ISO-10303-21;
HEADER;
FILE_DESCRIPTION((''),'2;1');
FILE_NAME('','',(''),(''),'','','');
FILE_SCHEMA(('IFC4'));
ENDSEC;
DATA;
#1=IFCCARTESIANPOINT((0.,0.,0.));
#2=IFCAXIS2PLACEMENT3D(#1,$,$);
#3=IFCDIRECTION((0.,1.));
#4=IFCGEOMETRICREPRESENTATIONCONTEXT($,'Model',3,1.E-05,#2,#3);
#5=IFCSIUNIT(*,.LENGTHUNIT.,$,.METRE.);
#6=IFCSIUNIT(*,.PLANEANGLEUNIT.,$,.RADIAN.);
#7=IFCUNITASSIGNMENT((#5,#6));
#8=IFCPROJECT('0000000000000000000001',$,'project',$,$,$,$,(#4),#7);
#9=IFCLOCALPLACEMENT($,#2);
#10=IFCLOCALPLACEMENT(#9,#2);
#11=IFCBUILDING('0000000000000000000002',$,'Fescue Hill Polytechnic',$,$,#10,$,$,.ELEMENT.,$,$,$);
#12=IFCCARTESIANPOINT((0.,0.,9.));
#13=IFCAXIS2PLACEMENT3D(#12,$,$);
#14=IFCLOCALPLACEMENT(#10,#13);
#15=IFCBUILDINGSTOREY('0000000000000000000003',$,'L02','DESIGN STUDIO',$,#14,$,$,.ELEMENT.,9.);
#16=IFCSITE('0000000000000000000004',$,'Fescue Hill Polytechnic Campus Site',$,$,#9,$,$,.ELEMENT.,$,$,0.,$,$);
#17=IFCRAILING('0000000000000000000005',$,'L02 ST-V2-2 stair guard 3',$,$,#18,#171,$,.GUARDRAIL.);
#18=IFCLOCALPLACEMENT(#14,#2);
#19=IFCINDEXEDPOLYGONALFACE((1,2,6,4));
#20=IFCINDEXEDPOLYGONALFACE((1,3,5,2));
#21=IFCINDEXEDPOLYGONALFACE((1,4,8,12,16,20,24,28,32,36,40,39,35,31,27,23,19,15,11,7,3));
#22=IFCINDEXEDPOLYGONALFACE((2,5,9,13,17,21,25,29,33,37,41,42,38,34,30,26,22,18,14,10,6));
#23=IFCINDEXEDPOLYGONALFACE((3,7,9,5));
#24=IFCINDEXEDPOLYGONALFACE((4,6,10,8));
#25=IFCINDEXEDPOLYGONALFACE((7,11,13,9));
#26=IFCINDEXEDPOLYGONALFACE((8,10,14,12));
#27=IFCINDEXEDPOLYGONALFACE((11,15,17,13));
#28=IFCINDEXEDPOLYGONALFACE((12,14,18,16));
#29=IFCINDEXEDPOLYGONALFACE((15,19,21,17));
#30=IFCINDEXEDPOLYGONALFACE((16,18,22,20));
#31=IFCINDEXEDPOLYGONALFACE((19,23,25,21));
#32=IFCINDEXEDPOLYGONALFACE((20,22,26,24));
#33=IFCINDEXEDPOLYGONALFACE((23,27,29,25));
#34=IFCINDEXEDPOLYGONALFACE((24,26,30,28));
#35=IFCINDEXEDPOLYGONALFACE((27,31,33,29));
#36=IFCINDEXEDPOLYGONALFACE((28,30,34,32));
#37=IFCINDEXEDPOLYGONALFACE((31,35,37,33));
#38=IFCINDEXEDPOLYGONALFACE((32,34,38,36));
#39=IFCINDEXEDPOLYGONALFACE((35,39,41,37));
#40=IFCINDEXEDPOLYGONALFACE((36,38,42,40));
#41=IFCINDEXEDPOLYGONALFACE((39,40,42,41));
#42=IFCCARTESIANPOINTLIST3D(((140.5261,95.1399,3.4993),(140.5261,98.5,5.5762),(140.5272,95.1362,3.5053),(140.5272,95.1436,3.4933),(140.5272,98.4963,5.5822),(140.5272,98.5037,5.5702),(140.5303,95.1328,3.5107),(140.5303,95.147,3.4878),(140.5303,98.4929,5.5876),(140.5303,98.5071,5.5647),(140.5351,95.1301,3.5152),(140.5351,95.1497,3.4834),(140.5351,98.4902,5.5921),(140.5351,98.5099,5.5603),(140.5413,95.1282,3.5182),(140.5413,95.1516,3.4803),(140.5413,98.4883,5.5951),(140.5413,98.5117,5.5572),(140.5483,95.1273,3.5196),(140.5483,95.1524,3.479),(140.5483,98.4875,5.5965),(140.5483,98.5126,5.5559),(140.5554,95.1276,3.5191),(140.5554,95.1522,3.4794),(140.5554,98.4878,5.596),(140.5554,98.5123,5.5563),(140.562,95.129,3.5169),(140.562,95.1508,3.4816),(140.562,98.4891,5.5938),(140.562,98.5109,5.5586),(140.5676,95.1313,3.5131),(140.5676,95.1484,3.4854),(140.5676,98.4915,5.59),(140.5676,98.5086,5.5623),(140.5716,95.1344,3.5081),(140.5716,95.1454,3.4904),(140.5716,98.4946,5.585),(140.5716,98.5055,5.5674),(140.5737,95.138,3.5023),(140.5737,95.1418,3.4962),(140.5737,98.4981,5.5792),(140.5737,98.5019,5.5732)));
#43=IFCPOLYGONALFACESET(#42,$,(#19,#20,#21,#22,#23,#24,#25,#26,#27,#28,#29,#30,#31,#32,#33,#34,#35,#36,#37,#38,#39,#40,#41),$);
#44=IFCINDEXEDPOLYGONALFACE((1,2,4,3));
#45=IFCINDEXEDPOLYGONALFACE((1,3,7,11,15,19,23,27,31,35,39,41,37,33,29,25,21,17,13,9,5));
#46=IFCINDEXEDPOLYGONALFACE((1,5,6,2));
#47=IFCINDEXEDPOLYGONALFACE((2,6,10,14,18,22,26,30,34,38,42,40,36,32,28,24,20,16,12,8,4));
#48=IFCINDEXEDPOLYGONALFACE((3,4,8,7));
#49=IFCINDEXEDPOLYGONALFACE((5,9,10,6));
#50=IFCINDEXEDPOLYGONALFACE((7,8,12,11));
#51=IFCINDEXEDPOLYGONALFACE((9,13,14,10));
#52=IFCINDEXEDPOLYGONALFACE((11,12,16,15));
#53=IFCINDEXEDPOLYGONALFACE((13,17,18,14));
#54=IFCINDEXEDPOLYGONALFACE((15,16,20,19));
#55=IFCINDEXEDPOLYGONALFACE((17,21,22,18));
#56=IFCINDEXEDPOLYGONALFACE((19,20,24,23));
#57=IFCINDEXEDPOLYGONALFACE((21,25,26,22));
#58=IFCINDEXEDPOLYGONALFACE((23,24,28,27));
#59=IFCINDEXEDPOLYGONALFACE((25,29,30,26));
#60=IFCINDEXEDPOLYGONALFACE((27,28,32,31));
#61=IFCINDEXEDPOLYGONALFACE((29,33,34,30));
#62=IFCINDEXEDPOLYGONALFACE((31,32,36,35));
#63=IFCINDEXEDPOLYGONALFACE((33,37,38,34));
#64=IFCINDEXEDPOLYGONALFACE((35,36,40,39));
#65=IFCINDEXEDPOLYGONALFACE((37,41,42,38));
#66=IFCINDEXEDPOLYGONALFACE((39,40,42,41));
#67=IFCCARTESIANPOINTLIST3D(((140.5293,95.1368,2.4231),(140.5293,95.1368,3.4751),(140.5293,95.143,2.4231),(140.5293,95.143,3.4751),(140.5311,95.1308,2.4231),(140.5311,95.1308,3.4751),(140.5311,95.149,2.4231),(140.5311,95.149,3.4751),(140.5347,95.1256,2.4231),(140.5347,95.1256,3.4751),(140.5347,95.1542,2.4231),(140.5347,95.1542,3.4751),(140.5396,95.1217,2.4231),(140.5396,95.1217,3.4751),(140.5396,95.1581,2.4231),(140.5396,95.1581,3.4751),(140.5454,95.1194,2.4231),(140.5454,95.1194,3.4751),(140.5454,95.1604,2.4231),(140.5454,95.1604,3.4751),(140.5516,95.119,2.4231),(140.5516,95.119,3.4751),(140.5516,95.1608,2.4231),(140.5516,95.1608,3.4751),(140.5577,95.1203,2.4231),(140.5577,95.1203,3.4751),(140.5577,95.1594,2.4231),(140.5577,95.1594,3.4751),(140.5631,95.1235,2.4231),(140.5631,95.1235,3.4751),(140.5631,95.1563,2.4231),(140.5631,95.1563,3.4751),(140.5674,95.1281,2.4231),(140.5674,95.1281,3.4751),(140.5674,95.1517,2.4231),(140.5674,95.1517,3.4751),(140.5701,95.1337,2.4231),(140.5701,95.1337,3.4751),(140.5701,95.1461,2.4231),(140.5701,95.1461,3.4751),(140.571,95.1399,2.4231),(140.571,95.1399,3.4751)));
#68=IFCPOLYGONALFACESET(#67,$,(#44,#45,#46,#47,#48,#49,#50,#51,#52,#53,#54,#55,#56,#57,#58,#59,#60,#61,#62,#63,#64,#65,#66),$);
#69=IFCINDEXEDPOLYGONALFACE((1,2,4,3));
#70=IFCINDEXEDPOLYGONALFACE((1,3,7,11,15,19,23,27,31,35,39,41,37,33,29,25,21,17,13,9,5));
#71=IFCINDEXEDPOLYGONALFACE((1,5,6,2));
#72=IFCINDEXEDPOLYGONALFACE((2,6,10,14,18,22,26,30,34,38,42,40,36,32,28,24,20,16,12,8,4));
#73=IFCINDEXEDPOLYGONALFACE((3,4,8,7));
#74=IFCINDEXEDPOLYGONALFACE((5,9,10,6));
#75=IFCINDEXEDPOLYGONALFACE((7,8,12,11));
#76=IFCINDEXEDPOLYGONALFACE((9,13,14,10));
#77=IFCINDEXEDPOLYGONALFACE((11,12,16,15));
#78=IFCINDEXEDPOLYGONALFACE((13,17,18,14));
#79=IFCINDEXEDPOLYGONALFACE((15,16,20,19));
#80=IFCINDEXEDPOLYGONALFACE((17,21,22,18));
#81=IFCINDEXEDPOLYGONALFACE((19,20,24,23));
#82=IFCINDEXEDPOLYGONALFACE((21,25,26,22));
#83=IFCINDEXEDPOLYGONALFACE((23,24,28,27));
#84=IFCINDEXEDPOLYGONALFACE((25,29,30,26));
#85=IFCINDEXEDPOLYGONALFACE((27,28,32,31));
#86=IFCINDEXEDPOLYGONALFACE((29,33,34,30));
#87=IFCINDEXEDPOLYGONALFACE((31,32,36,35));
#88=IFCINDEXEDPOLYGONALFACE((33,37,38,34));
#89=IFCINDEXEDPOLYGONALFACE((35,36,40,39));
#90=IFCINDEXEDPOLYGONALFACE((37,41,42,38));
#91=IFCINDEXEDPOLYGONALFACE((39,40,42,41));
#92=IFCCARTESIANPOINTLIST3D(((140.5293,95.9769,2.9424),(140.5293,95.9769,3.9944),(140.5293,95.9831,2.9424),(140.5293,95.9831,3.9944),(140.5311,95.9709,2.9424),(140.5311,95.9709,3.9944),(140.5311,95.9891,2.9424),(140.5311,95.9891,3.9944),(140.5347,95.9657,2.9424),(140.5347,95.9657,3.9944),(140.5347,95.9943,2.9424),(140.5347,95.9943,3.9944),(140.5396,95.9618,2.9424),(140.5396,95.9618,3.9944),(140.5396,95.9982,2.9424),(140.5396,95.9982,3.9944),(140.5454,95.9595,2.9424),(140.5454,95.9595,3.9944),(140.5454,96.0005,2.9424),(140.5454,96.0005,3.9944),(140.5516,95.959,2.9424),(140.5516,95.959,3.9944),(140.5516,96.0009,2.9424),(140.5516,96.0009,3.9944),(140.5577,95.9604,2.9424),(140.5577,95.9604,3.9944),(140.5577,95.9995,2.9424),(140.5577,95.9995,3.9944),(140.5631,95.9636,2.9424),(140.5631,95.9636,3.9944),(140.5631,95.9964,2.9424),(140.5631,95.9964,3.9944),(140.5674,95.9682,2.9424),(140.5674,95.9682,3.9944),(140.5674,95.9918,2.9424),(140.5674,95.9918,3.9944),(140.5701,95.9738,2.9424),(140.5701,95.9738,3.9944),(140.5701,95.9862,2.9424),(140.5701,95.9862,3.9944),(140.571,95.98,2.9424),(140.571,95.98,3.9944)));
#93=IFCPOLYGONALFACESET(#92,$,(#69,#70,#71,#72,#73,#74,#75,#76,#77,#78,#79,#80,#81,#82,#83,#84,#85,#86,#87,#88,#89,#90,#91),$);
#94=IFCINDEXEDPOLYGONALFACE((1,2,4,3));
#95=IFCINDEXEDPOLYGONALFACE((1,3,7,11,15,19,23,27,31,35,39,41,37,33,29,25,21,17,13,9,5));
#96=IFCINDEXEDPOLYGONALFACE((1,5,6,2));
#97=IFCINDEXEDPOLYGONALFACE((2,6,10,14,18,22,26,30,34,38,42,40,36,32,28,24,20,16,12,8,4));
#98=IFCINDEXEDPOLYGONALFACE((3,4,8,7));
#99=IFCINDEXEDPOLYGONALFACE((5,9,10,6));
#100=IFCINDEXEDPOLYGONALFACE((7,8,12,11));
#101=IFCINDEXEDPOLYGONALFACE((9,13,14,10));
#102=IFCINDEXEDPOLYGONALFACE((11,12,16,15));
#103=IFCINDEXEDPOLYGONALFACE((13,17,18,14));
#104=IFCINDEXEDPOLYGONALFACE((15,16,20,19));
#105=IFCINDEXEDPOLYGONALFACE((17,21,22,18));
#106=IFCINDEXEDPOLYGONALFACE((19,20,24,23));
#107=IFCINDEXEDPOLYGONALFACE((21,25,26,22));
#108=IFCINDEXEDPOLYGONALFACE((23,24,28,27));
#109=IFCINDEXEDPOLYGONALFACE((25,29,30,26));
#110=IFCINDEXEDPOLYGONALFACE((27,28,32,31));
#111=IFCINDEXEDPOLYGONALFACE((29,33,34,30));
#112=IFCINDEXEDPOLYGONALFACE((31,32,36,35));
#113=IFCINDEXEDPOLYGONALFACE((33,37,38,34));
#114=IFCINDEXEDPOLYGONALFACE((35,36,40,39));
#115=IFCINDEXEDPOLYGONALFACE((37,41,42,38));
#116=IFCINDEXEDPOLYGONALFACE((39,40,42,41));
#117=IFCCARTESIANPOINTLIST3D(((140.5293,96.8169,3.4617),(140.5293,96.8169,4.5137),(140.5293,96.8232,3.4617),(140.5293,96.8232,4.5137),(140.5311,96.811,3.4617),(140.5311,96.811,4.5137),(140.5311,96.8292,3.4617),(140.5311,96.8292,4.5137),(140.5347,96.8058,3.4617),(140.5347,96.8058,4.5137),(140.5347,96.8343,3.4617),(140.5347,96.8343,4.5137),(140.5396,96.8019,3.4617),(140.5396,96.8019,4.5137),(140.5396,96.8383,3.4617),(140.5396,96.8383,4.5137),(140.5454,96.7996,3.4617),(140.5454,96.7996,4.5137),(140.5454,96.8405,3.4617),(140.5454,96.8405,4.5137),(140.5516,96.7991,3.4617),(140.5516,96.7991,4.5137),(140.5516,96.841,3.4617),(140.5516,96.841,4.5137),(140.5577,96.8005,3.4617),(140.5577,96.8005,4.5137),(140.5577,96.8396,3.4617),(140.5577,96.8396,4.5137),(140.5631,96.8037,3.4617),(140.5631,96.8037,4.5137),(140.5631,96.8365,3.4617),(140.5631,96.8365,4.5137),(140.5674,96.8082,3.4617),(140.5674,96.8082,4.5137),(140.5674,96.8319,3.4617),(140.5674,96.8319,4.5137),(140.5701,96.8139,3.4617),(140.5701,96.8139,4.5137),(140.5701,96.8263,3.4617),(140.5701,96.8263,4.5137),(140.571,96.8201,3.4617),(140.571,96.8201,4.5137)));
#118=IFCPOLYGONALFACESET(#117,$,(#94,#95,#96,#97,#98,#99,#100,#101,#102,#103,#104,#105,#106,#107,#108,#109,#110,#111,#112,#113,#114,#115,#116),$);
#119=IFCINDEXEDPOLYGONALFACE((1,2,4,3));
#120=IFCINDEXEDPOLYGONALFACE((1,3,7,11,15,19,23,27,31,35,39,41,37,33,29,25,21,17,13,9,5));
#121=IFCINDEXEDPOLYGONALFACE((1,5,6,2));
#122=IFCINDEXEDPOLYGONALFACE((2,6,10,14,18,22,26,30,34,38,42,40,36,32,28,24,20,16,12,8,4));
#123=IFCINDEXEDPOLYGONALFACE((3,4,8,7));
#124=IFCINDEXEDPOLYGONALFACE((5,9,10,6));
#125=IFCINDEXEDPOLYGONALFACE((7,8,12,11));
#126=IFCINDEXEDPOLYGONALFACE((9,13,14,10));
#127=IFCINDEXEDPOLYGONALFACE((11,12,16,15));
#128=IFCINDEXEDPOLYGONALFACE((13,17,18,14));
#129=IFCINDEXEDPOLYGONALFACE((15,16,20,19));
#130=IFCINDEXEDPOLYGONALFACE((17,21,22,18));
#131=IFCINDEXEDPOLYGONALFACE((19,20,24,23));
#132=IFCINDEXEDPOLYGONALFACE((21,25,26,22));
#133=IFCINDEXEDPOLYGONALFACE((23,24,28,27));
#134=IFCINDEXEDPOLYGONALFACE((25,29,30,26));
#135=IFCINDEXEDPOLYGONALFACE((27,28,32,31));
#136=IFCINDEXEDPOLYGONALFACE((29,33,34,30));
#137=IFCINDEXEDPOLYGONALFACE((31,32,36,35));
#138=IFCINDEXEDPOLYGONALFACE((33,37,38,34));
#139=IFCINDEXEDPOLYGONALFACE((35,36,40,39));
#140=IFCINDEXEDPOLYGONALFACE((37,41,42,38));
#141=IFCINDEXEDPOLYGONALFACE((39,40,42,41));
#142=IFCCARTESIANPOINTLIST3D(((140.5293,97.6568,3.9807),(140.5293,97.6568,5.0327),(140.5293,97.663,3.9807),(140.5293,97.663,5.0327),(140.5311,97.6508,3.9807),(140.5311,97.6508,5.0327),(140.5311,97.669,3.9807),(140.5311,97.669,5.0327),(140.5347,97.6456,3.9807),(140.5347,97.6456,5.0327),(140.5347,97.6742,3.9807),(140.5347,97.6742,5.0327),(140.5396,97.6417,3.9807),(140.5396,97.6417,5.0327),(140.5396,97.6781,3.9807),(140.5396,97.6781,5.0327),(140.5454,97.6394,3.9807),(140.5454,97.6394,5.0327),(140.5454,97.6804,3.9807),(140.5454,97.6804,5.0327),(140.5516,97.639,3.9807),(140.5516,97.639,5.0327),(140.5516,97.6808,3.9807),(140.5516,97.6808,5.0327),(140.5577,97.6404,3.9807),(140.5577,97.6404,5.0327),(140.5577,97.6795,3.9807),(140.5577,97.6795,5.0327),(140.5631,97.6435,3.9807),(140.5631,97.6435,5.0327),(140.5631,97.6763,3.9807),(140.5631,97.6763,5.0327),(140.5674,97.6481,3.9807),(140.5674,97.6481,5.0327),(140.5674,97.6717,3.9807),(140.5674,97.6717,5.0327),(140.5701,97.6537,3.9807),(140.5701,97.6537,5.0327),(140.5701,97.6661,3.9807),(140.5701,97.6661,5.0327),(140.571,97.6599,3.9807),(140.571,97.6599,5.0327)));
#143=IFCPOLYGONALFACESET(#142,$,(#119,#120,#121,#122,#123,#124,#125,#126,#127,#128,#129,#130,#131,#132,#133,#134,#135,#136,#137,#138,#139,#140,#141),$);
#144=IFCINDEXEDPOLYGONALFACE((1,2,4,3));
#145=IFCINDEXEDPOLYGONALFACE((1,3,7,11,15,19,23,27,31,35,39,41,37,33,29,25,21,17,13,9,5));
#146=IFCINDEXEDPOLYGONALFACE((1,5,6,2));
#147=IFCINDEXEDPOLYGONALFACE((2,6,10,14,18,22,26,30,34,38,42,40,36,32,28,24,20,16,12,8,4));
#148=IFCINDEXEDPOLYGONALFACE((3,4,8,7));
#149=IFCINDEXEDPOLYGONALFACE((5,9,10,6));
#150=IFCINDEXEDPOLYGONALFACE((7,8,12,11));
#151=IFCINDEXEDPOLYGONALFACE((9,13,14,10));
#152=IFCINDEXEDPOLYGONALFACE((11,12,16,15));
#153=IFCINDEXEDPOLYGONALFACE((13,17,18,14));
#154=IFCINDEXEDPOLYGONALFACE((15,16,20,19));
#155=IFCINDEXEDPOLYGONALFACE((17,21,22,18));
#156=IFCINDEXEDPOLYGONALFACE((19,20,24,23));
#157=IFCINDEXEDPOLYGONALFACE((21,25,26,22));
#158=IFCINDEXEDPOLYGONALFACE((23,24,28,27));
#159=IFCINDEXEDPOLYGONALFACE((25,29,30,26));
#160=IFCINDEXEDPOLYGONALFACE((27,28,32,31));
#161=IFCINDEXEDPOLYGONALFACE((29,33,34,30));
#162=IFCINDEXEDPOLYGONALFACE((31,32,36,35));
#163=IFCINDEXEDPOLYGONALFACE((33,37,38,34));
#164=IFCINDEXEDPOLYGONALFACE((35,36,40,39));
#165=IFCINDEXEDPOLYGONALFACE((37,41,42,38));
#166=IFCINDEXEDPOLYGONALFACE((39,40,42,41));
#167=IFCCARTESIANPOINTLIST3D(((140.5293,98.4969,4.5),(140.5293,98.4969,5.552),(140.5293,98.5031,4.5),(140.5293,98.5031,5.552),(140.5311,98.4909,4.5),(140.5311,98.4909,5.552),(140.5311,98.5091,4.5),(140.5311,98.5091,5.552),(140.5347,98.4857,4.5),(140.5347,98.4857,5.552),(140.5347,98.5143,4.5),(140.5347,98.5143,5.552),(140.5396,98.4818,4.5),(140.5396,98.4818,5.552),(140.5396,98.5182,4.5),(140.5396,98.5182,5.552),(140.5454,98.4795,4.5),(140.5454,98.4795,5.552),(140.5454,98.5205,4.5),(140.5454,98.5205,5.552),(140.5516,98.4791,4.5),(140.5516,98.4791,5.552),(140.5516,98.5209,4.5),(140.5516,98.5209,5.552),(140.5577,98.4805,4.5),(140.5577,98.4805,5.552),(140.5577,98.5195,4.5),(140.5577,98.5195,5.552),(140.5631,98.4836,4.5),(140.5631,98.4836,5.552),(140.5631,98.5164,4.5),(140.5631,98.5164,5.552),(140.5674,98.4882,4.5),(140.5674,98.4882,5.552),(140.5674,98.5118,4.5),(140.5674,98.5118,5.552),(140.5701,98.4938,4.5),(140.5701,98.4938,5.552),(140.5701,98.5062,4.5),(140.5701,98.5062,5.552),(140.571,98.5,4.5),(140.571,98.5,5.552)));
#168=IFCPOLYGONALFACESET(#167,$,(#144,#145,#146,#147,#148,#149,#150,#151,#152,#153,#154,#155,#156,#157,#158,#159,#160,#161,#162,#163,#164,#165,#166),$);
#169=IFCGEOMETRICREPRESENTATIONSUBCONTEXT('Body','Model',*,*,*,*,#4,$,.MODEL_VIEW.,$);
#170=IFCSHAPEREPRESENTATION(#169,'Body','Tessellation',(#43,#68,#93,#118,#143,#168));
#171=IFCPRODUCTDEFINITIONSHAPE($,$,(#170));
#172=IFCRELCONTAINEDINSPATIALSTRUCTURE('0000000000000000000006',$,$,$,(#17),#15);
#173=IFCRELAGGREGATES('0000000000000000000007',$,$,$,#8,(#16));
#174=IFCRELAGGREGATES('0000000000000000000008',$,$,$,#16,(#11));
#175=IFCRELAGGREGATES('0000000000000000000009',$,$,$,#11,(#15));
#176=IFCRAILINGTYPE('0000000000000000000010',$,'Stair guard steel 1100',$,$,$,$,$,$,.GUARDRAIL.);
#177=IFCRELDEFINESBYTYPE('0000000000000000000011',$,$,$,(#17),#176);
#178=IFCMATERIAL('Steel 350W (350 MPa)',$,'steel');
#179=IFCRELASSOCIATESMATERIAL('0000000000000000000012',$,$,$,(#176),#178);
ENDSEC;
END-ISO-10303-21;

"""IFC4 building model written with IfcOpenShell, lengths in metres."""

from ifc_helpers import new_model, si_unit, direction, frame, origin, origin_2d, place, context, subcontext, project, spatial, circle, extrude, material, type_object, element, save


model = new_model("IFC4")

# Units and contexts
model_context = context("Model", 3, precision=1e-05, world=origin(), true_north=direction((0.0, 1.0)))
body_context = subcontext(model_context, "Body", "Model", "MODEL_VIEW")
ifc_project = project(units=[si_unit("LENGTHUNIT", "METRE"), si_unit("PLANEANGLEUNIT", "RADIAN")], contexts=[model_context])

# Site, building, storey
site_placement = place(None, origin())
site = spatial("IfcSite", under=ifc_project, at=site_placement, Name="Fescue Hill Polytechnic Campus Site", CompositionType="ELEMENT", RefElevation=0.0)
building_placement = place(site_placement, origin())
building = spatial("IfcBuilding", under=site, at=building_placement, Name="Fescue Hill Polytechnic", CompositionType="ELEMENT")
storey_placement = place(building_placement, frame((0.0, 0.0, 9.0)))
storey = spatial("IfcBuildingStorey", under=building, at=storey_placement, Name="L02", Description="DESIGN STUDIO", CompositionType="ELEMENT", Elevation=9.0)

# Railing
ifc_material_1 = material(Name="Steel 350W (350 MPa)", Category="steel")
railing_type_1 = type_object("IfcRailingType", Name="Stair guard steel 1100", PredefinedType="GUARDRAIL", material=ifc_material_1)
railing_1_placement = place(storey_placement, frame((140.55, 95.1399, 2.4231)))
element("IfcRailing", 1, at=railing_1_placement, inside=storey, type_object=railing_type_1, Name="L02 ST-V2-2 stair guard 3", PredefinedType="GUARDRAIL", context=body_context, shape_type="SweptSolid", body=[
    extrude(circle(Radius=0.0239, at=origin_2d()), frame((0.0, 0.0, 1.0762), z_axis=(0.0, 0.850623, 0.525776), x_axis=(-1.0, 0.0, 0.0)), (0.0, 0.0, 1.0), 3.9502),
    extrude(circle(Radius=0.021, at=origin_2d()), origin(), (0.0, 0.0, 1.0), 1.052),
    extrude(circle(Radius=0.021, at=origin_2d()), frame((0.0, 0.8401, 0.5193)), (0.0, 0.0, 1.0), 1.052),
    extrude(circle(Radius=0.021, at=origin_2d()), frame((0.0, 1.6802, 1.0386)), (0.0, 0.0, 1.0), 1.052),
    extrude(circle(Radius=0.021, at=origin_2d()), frame((0.0, 2.52, 1.5576)), (0.0, 0.0, 1.0), 1.052),
    extrude(circle(Radius=0.021, at=origin_2d()), frame((0.0, 3.3601, 2.0769)), (0.0, 0.0, 1.0), 1.052),
])

save(model, "model.ifc")
